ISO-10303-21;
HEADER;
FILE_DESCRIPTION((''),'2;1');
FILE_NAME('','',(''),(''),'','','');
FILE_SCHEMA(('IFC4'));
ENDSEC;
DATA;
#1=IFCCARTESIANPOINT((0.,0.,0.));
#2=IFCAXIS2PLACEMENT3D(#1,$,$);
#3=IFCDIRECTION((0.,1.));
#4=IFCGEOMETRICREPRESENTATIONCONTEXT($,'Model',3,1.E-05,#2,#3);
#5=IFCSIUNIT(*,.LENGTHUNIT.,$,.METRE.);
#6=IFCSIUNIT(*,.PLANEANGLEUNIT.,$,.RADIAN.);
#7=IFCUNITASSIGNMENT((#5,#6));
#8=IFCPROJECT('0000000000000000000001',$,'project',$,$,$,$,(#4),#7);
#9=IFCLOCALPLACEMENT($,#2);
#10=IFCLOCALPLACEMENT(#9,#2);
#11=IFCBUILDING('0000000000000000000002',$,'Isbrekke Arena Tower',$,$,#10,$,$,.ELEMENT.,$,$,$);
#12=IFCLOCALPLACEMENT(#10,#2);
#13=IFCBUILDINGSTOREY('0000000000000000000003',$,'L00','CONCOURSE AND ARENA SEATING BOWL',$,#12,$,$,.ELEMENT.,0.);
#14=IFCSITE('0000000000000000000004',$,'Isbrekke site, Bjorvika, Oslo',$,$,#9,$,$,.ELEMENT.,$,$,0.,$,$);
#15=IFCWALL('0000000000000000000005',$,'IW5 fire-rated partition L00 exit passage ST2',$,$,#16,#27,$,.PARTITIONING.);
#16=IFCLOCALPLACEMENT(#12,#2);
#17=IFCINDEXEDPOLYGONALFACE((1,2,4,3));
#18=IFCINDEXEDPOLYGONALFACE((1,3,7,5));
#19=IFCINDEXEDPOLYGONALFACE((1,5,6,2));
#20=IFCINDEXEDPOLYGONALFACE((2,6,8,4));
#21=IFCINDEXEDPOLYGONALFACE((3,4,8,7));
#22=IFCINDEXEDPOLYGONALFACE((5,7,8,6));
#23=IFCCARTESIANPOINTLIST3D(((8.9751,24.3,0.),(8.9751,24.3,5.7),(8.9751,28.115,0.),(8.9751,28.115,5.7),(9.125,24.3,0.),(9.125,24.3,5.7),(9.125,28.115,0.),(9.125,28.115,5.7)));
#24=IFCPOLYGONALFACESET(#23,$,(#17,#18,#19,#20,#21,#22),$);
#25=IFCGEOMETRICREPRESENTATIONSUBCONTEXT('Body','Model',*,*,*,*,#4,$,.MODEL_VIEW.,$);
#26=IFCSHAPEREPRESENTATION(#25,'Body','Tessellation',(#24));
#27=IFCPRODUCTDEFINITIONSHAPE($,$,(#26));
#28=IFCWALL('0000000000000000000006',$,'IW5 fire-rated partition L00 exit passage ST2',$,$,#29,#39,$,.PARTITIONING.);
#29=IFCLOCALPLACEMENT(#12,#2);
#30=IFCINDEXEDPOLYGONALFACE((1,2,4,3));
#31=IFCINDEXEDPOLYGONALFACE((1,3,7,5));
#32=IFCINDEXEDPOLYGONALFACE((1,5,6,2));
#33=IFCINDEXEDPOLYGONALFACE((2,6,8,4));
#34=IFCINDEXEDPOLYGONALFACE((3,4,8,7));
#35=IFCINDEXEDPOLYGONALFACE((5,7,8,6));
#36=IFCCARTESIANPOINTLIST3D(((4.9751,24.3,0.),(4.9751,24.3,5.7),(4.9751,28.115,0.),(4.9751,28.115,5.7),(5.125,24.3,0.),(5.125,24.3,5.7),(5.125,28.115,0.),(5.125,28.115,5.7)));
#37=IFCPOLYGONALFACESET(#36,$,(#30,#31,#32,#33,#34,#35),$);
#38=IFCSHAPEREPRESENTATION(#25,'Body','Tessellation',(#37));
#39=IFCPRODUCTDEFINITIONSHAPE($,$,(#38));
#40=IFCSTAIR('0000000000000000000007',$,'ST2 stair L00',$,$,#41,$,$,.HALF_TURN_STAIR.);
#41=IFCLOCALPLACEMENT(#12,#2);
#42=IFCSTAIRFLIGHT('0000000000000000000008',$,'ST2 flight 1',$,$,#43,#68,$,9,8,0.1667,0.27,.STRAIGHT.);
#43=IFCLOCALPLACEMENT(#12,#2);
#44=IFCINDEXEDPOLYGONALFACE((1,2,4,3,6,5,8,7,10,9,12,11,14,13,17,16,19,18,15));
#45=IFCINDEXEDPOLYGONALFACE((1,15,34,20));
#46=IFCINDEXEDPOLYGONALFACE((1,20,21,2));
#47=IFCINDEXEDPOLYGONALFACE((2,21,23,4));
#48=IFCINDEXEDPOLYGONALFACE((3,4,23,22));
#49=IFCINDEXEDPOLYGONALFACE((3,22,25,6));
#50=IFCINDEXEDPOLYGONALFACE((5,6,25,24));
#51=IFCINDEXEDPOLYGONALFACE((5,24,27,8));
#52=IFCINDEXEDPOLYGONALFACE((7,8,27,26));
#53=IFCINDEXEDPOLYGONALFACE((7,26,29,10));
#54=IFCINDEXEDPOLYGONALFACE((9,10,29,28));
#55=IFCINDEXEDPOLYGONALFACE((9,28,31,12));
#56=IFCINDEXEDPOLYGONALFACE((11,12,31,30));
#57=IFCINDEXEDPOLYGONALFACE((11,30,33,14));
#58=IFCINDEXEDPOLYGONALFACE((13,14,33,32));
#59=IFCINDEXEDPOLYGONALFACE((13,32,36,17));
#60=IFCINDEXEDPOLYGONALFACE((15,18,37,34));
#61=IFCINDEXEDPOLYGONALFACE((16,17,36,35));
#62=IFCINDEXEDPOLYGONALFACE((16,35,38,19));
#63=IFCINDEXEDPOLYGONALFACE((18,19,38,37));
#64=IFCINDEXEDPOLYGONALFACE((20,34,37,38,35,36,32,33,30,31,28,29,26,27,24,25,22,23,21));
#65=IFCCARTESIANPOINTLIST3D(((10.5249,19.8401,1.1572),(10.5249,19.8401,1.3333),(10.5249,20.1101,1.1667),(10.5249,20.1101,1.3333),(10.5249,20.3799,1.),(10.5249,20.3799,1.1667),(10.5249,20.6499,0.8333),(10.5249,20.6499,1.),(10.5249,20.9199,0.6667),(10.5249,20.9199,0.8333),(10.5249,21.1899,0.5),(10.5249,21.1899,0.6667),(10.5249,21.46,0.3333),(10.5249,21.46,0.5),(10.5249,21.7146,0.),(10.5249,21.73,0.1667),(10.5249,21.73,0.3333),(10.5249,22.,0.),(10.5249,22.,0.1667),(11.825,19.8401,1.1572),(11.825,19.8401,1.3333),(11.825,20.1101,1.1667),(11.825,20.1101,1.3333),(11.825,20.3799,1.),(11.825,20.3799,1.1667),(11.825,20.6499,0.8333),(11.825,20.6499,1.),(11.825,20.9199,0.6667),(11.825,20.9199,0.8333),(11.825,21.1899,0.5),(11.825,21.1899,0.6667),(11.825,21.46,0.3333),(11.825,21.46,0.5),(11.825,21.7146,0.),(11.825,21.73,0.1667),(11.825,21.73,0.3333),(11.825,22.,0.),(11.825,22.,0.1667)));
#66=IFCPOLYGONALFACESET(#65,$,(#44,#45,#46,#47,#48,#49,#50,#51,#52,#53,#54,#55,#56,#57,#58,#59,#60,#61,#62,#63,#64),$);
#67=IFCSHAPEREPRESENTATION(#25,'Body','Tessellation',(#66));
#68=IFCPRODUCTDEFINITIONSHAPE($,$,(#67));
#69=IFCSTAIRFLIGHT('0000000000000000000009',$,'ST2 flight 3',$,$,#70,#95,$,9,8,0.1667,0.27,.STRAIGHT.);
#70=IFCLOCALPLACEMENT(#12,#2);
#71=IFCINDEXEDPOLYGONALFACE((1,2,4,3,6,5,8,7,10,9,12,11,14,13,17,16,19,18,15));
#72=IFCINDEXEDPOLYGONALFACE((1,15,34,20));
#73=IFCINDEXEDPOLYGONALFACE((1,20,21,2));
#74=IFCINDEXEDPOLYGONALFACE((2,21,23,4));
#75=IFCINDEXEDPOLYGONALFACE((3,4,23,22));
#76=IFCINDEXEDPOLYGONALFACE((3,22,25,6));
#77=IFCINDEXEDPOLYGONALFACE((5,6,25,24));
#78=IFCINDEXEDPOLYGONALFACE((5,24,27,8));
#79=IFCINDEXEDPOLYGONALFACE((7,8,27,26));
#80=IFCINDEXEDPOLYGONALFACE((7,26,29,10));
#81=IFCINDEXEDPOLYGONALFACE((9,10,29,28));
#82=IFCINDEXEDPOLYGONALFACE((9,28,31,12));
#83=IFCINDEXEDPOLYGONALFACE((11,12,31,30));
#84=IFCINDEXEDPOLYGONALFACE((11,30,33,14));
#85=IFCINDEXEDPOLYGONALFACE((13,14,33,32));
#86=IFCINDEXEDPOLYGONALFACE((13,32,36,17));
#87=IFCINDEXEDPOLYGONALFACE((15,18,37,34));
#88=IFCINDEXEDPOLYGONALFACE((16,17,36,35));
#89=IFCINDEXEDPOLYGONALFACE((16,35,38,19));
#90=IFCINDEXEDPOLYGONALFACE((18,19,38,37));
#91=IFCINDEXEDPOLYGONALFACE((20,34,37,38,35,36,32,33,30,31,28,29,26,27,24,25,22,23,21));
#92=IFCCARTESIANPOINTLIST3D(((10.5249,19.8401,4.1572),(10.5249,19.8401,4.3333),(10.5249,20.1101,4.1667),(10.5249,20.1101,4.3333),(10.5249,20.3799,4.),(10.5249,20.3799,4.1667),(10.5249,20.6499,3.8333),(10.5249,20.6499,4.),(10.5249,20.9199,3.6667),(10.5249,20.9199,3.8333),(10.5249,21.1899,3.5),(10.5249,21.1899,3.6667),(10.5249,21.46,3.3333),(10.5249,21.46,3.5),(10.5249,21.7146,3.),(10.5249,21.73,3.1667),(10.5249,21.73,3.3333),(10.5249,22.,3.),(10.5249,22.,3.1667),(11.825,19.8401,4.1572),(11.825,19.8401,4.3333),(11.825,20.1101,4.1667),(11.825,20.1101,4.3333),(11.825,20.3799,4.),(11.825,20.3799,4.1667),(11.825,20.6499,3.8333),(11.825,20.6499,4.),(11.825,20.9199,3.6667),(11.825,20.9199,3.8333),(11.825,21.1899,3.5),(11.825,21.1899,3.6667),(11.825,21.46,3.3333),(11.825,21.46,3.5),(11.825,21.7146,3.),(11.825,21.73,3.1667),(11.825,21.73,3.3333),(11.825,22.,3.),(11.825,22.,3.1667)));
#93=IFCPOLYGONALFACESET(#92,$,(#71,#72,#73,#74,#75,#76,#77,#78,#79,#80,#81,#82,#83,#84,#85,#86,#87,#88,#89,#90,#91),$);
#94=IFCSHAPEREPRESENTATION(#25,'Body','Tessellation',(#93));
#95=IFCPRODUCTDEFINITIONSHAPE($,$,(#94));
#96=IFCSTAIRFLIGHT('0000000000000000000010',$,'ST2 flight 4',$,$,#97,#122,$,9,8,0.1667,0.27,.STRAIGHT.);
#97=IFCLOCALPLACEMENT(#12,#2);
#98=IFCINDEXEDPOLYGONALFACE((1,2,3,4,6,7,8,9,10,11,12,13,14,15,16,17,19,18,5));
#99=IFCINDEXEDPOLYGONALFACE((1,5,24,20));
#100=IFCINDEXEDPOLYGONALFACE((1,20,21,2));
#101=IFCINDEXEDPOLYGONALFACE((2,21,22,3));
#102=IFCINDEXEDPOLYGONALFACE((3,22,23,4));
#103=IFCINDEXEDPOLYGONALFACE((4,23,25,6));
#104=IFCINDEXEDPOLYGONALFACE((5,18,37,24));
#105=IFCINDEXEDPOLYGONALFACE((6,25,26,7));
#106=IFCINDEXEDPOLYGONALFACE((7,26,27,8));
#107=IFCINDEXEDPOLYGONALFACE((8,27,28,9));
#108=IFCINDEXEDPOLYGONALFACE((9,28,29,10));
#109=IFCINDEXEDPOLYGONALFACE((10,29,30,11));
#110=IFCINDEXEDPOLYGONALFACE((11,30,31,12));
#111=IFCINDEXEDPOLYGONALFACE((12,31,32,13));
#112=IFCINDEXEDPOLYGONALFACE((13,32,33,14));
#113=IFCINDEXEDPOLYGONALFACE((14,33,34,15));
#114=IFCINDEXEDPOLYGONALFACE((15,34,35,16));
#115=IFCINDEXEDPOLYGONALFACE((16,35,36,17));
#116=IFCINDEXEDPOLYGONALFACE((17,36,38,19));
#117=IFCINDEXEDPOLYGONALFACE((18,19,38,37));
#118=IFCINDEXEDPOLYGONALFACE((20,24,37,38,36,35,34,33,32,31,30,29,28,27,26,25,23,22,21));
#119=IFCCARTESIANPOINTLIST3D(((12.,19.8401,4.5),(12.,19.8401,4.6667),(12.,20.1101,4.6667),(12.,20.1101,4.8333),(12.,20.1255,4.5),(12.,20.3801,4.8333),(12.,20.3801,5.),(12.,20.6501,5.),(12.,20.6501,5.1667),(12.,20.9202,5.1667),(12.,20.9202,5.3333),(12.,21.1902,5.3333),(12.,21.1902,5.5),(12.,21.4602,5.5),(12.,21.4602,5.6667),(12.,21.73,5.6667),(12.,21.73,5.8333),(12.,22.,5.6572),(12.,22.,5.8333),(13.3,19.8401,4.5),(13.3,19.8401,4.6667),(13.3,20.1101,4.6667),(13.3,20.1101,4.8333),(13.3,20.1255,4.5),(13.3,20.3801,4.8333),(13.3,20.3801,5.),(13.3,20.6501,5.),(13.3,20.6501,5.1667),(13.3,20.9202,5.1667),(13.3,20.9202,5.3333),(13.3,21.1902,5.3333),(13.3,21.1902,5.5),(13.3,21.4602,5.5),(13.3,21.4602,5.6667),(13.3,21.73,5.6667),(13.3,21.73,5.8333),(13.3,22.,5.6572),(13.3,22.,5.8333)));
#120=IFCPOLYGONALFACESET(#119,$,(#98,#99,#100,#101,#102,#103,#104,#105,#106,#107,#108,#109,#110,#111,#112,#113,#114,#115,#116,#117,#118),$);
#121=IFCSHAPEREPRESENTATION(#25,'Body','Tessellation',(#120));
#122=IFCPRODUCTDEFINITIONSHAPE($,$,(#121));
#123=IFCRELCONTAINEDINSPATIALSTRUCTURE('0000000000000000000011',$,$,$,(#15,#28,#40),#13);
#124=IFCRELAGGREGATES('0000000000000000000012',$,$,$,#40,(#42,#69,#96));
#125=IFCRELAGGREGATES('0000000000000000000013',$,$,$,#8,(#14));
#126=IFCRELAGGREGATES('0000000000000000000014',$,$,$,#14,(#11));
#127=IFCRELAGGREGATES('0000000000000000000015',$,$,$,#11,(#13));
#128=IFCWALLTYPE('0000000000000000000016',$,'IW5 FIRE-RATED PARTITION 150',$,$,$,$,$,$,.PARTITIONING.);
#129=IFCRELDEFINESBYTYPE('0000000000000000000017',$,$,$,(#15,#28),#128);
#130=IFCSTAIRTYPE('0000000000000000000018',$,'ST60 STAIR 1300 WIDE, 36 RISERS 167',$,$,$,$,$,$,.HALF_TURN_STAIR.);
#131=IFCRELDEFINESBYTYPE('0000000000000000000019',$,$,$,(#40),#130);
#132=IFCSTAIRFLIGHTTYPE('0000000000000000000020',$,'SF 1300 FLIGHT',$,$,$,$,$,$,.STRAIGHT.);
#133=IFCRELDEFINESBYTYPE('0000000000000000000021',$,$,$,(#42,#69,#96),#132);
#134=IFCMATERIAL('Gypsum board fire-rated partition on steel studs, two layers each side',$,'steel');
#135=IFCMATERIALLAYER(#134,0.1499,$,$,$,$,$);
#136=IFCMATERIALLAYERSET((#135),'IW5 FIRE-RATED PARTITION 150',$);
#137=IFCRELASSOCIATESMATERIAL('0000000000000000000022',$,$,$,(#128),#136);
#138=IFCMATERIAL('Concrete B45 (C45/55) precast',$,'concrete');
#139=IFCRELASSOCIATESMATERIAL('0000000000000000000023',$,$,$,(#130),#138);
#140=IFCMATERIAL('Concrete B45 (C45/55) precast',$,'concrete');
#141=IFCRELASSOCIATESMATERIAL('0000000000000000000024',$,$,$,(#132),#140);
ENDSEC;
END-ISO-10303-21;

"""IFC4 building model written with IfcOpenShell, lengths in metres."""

from ifc_helpers import new_model, si_unit, direction, frame, frame_2d, origin, place, context, subcontext, project, spatial, polyline, rectangle, outline, extrude, material, layer, layer_set, type_object, element, aggregate, save


model = new_model("IFC4")

# Units and contexts
model_context = context("Model", 3, precision=1e-05, world=origin(), true_north=direction((0.0, 1.0)))
body_context = subcontext(model_context, "Body", "Model", "MODEL_VIEW")
ifc_project = project(units=[si_unit("LENGTHUNIT", "METRE"), si_unit("PLANEANGLEUNIT", "RADIAN")], contexts=[model_context])

# Site, building, storey
site_placement = place(None, origin())
site = spatial("IfcSite", under=ifc_project, at=site_placement, Name="Isbrekke site, Bjorvika, Oslo", CompositionType="ELEMENT", RefElevation=0.0)
building_placement = place(site_placement, origin())
building = spatial("IfcBuilding", under=site, at=building_placement, Name="Isbrekke Arena Tower", CompositionType="ELEMENT")
storey_placement = place(building_placement, origin())
storey = spatial("IfcBuildingStorey", under=building, at=storey_placement, Name="L00", Description="CONCOURSE AND ARENA SEATING BOWL", CompositionType="ELEMENT", Elevation=0.0)

# Walls
ifc_material_1 = material(Name="Gypsum board fire-rated partition on steel studs, two layers each side", Category="steel")
ifc_layer_1 = layer(ifc_material_1, 0.1499)
ifc_layer_set_1 = layer_set([ifc_layer_1], Name="IW5 FIRE-RATED PARTITION 150")
wall_type_1 = type_object("IfcWallType", Name="IW5 FIRE-RATED PARTITION 150", PredefinedType="PARTITIONING", material=ifc_layer_set_1)
for number, where, z_axis, x_axis, name in (
    (1, (9.05, 24.3, 0.0), (0.0, 0.0, 1.0), (0.0, 1.0, 0.0), "IW5 fire-rated partition L00 exit passage ST2"),
    (2, (5.05, 24.3, 0.0), (0.0, 0.0, 1.0), (0.0, 1.0, 0.0), "IW5 fire-rated partition L00 exit passage ST2"),
):
    element("IfcWall", number, at=place(storey_placement, frame(where, z_axis=z_axis, x_axis=x_axis)), inside=storey, type_object=wall_type_1, Name=name, PredefinedType="PARTITIONING", context=body_context, shape_type="SweptSolid", body=[
        extrude(rectangle(XDim=3.8149, YDim=0.1499, at=frame_2d((1.9075, 0.0))), origin(), (0.0, 0.0, 1.0), 5.7),
    ])

# Stair, stair flights
ifc_material_2 = material(Name="Concrete B45 (C45/55) precast", Category="concrete")
stair_type = type_object("IfcStairType", Name="ST60 STAIR 1300 WIDE, 36 RISERS 167", PredefinedType="HALF_TURN_STAIR", material=ifc_material_2)
stair_placement = place(storey_placement, origin())
stair = element("IfcStair", 3, at=stair_placement, inside=storey, type_object=stair_type, Name="ST2 stair L00", PredefinedType="HALF_TURN_STAIR")
ifc_material_3 = material(Name="Concrete B45 (C45/55) precast", Category="concrete")
stair_flight_type = type_object("IfcStairFlightType", Name="SF 1300 FLIGHT", PredefinedType="STRAIGHT", material=ifc_material_3)
stair_flight_1_placement = place(storey_placement, frame((11.175, 22.0, 0.0), z_axis=(0.0, 0.0, 1.0), x_axis=(0.0, -1.0, 0.0)))
stair_flight_1 = element("IfcStairFlight", 4, at=stair_flight_1_placement, type_object=stair_flight_type, Name="ST2 flight 1", NumberOfRisers=9, NumberOfTreads=8, PredefinedType="STRAIGHT", RiserHeight=0.1667, TreadLength=0.27, context=body_context, shape_type="SweptSolid", body=[
    extrude(outline(polyline([(0.0, 0.0), (0.0, 0.1667), (0.27, 0.1667), (0.27, 0.3333), (0.54, 0.3333), (0.54, 0.5), (0.8101, 0.5), (0.8101, 0.6667), (1.0801, 0.6667), (1.0801, 0.8333), (1.3501, 0.8333), (1.3501, 1.0), (1.6201, 1.0), (1.6201, 1.1667), (1.8899, 1.1667), (1.8899, 1.3333), (2.1599, 1.3333), (2.1599, 1.5), (2.1599, 1.1572), (0.2854, 0.0), (0.0, 0.0)])), frame((0.0, 0.6499, 0.0), z_axis=(0.0, -1.0, 0.0), x_axis=(1.0, 0.0, 0.0)), (0.0, 0.0, 1.0), 1.3),
])
stair_flight_2_placement = place(storey_placement, frame((11.175, 22.0, 3.0), z_axis=(0.0, 0.0, 1.0), x_axis=(0.0, -1.0, 0.0)))
stair_flight_2 = element("IfcStairFlight", 5, at=stair_flight_2_placement, type_object=stair_flight_type, Name="ST2 flight 3", NumberOfRisers=9, NumberOfTreads=8, PredefinedType="STRAIGHT", RiserHeight=0.1667, TreadLength=0.27, context=body_context, shape_type="SweptSolid", body=[
    extrude(outline(polyline([(0.0, 0.0), (0.0, 0.1667), (0.27, 0.1667), (0.27, 0.3333), (0.54, 0.3333), (0.54, 0.5), (0.8101, 0.5), (0.8101, 0.6667), (1.0801, 0.6667), (1.0801, 0.8333), (1.3501, 0.8333), (1.3501, 1.0), (1.6201, 1.0), (1.6201, 1.1667), (1.8899, 1.1667), (1.8899, 1.3333), (2.1599, 1.3333), (2.1599, 1.5), (2.1599, 1.1572), (0.2854, 0.0), (0.0, 0.0)])), frame((0.0, 0.6499, 0.0), z_axis=(0.0, -1.0, 0.0), x_axis=(1.0, 0.0, 0.0)), (0.0, 0.0, 1.0), 1.3),
])
stair_flight_3_placement = place(storey_placement, frame((12.6499, 19.8401, 4.5), z_axis=(0.0, 0.0, 1.0), x_axis=(0.0, 1.0, 0.0)))
stair_flight_3 = element("IfcStairFlight", 6, at=stair_flight_3_placement, type_object=stair_flight_type, Name="ST2 flight 4", NumberOfRisers=9, NumberOfTreads=8, PredefinedType="STRAIGHT", RiserHeight=0.1667, TreadLength=0.27, context=body_context, shape_type="SweptSolid", body=[
    extrude(outline(polyline([(0.0, 0.0), (0.0, 0.1667), (0.27, 0.1667), (0.27, 0.3333), (0.54, 0.3333), (0.54, 0.5), (0.8101, 0.5), (0.8101, 0.6667), (1.0801, 0.6667), (1.0801, 0.8333), (1.3501, 0.8333), (1.3501, 1.0), (1.6201, 1.0), (1.6201, 1.1667), (1.8899, 1.1667), (1.8899, 1.3333), (2.1599, 1.3333), (2.1599, 1.5), (2.1599, 1.1572), (0.2854, 0.0), (0.0, 0.0)])), frame((0.0, 0.6499, 0.0), z_axis=(0.0, -1.0, 0.0), x_axis=(1.0, 0.0, 0.0)), (0.0, 0.0, 1.0), 1.3),
])
aggregate(stair, [stair_flight_1, stair_flight_2, stair_flight_3])

save(model, "model.ifc")
